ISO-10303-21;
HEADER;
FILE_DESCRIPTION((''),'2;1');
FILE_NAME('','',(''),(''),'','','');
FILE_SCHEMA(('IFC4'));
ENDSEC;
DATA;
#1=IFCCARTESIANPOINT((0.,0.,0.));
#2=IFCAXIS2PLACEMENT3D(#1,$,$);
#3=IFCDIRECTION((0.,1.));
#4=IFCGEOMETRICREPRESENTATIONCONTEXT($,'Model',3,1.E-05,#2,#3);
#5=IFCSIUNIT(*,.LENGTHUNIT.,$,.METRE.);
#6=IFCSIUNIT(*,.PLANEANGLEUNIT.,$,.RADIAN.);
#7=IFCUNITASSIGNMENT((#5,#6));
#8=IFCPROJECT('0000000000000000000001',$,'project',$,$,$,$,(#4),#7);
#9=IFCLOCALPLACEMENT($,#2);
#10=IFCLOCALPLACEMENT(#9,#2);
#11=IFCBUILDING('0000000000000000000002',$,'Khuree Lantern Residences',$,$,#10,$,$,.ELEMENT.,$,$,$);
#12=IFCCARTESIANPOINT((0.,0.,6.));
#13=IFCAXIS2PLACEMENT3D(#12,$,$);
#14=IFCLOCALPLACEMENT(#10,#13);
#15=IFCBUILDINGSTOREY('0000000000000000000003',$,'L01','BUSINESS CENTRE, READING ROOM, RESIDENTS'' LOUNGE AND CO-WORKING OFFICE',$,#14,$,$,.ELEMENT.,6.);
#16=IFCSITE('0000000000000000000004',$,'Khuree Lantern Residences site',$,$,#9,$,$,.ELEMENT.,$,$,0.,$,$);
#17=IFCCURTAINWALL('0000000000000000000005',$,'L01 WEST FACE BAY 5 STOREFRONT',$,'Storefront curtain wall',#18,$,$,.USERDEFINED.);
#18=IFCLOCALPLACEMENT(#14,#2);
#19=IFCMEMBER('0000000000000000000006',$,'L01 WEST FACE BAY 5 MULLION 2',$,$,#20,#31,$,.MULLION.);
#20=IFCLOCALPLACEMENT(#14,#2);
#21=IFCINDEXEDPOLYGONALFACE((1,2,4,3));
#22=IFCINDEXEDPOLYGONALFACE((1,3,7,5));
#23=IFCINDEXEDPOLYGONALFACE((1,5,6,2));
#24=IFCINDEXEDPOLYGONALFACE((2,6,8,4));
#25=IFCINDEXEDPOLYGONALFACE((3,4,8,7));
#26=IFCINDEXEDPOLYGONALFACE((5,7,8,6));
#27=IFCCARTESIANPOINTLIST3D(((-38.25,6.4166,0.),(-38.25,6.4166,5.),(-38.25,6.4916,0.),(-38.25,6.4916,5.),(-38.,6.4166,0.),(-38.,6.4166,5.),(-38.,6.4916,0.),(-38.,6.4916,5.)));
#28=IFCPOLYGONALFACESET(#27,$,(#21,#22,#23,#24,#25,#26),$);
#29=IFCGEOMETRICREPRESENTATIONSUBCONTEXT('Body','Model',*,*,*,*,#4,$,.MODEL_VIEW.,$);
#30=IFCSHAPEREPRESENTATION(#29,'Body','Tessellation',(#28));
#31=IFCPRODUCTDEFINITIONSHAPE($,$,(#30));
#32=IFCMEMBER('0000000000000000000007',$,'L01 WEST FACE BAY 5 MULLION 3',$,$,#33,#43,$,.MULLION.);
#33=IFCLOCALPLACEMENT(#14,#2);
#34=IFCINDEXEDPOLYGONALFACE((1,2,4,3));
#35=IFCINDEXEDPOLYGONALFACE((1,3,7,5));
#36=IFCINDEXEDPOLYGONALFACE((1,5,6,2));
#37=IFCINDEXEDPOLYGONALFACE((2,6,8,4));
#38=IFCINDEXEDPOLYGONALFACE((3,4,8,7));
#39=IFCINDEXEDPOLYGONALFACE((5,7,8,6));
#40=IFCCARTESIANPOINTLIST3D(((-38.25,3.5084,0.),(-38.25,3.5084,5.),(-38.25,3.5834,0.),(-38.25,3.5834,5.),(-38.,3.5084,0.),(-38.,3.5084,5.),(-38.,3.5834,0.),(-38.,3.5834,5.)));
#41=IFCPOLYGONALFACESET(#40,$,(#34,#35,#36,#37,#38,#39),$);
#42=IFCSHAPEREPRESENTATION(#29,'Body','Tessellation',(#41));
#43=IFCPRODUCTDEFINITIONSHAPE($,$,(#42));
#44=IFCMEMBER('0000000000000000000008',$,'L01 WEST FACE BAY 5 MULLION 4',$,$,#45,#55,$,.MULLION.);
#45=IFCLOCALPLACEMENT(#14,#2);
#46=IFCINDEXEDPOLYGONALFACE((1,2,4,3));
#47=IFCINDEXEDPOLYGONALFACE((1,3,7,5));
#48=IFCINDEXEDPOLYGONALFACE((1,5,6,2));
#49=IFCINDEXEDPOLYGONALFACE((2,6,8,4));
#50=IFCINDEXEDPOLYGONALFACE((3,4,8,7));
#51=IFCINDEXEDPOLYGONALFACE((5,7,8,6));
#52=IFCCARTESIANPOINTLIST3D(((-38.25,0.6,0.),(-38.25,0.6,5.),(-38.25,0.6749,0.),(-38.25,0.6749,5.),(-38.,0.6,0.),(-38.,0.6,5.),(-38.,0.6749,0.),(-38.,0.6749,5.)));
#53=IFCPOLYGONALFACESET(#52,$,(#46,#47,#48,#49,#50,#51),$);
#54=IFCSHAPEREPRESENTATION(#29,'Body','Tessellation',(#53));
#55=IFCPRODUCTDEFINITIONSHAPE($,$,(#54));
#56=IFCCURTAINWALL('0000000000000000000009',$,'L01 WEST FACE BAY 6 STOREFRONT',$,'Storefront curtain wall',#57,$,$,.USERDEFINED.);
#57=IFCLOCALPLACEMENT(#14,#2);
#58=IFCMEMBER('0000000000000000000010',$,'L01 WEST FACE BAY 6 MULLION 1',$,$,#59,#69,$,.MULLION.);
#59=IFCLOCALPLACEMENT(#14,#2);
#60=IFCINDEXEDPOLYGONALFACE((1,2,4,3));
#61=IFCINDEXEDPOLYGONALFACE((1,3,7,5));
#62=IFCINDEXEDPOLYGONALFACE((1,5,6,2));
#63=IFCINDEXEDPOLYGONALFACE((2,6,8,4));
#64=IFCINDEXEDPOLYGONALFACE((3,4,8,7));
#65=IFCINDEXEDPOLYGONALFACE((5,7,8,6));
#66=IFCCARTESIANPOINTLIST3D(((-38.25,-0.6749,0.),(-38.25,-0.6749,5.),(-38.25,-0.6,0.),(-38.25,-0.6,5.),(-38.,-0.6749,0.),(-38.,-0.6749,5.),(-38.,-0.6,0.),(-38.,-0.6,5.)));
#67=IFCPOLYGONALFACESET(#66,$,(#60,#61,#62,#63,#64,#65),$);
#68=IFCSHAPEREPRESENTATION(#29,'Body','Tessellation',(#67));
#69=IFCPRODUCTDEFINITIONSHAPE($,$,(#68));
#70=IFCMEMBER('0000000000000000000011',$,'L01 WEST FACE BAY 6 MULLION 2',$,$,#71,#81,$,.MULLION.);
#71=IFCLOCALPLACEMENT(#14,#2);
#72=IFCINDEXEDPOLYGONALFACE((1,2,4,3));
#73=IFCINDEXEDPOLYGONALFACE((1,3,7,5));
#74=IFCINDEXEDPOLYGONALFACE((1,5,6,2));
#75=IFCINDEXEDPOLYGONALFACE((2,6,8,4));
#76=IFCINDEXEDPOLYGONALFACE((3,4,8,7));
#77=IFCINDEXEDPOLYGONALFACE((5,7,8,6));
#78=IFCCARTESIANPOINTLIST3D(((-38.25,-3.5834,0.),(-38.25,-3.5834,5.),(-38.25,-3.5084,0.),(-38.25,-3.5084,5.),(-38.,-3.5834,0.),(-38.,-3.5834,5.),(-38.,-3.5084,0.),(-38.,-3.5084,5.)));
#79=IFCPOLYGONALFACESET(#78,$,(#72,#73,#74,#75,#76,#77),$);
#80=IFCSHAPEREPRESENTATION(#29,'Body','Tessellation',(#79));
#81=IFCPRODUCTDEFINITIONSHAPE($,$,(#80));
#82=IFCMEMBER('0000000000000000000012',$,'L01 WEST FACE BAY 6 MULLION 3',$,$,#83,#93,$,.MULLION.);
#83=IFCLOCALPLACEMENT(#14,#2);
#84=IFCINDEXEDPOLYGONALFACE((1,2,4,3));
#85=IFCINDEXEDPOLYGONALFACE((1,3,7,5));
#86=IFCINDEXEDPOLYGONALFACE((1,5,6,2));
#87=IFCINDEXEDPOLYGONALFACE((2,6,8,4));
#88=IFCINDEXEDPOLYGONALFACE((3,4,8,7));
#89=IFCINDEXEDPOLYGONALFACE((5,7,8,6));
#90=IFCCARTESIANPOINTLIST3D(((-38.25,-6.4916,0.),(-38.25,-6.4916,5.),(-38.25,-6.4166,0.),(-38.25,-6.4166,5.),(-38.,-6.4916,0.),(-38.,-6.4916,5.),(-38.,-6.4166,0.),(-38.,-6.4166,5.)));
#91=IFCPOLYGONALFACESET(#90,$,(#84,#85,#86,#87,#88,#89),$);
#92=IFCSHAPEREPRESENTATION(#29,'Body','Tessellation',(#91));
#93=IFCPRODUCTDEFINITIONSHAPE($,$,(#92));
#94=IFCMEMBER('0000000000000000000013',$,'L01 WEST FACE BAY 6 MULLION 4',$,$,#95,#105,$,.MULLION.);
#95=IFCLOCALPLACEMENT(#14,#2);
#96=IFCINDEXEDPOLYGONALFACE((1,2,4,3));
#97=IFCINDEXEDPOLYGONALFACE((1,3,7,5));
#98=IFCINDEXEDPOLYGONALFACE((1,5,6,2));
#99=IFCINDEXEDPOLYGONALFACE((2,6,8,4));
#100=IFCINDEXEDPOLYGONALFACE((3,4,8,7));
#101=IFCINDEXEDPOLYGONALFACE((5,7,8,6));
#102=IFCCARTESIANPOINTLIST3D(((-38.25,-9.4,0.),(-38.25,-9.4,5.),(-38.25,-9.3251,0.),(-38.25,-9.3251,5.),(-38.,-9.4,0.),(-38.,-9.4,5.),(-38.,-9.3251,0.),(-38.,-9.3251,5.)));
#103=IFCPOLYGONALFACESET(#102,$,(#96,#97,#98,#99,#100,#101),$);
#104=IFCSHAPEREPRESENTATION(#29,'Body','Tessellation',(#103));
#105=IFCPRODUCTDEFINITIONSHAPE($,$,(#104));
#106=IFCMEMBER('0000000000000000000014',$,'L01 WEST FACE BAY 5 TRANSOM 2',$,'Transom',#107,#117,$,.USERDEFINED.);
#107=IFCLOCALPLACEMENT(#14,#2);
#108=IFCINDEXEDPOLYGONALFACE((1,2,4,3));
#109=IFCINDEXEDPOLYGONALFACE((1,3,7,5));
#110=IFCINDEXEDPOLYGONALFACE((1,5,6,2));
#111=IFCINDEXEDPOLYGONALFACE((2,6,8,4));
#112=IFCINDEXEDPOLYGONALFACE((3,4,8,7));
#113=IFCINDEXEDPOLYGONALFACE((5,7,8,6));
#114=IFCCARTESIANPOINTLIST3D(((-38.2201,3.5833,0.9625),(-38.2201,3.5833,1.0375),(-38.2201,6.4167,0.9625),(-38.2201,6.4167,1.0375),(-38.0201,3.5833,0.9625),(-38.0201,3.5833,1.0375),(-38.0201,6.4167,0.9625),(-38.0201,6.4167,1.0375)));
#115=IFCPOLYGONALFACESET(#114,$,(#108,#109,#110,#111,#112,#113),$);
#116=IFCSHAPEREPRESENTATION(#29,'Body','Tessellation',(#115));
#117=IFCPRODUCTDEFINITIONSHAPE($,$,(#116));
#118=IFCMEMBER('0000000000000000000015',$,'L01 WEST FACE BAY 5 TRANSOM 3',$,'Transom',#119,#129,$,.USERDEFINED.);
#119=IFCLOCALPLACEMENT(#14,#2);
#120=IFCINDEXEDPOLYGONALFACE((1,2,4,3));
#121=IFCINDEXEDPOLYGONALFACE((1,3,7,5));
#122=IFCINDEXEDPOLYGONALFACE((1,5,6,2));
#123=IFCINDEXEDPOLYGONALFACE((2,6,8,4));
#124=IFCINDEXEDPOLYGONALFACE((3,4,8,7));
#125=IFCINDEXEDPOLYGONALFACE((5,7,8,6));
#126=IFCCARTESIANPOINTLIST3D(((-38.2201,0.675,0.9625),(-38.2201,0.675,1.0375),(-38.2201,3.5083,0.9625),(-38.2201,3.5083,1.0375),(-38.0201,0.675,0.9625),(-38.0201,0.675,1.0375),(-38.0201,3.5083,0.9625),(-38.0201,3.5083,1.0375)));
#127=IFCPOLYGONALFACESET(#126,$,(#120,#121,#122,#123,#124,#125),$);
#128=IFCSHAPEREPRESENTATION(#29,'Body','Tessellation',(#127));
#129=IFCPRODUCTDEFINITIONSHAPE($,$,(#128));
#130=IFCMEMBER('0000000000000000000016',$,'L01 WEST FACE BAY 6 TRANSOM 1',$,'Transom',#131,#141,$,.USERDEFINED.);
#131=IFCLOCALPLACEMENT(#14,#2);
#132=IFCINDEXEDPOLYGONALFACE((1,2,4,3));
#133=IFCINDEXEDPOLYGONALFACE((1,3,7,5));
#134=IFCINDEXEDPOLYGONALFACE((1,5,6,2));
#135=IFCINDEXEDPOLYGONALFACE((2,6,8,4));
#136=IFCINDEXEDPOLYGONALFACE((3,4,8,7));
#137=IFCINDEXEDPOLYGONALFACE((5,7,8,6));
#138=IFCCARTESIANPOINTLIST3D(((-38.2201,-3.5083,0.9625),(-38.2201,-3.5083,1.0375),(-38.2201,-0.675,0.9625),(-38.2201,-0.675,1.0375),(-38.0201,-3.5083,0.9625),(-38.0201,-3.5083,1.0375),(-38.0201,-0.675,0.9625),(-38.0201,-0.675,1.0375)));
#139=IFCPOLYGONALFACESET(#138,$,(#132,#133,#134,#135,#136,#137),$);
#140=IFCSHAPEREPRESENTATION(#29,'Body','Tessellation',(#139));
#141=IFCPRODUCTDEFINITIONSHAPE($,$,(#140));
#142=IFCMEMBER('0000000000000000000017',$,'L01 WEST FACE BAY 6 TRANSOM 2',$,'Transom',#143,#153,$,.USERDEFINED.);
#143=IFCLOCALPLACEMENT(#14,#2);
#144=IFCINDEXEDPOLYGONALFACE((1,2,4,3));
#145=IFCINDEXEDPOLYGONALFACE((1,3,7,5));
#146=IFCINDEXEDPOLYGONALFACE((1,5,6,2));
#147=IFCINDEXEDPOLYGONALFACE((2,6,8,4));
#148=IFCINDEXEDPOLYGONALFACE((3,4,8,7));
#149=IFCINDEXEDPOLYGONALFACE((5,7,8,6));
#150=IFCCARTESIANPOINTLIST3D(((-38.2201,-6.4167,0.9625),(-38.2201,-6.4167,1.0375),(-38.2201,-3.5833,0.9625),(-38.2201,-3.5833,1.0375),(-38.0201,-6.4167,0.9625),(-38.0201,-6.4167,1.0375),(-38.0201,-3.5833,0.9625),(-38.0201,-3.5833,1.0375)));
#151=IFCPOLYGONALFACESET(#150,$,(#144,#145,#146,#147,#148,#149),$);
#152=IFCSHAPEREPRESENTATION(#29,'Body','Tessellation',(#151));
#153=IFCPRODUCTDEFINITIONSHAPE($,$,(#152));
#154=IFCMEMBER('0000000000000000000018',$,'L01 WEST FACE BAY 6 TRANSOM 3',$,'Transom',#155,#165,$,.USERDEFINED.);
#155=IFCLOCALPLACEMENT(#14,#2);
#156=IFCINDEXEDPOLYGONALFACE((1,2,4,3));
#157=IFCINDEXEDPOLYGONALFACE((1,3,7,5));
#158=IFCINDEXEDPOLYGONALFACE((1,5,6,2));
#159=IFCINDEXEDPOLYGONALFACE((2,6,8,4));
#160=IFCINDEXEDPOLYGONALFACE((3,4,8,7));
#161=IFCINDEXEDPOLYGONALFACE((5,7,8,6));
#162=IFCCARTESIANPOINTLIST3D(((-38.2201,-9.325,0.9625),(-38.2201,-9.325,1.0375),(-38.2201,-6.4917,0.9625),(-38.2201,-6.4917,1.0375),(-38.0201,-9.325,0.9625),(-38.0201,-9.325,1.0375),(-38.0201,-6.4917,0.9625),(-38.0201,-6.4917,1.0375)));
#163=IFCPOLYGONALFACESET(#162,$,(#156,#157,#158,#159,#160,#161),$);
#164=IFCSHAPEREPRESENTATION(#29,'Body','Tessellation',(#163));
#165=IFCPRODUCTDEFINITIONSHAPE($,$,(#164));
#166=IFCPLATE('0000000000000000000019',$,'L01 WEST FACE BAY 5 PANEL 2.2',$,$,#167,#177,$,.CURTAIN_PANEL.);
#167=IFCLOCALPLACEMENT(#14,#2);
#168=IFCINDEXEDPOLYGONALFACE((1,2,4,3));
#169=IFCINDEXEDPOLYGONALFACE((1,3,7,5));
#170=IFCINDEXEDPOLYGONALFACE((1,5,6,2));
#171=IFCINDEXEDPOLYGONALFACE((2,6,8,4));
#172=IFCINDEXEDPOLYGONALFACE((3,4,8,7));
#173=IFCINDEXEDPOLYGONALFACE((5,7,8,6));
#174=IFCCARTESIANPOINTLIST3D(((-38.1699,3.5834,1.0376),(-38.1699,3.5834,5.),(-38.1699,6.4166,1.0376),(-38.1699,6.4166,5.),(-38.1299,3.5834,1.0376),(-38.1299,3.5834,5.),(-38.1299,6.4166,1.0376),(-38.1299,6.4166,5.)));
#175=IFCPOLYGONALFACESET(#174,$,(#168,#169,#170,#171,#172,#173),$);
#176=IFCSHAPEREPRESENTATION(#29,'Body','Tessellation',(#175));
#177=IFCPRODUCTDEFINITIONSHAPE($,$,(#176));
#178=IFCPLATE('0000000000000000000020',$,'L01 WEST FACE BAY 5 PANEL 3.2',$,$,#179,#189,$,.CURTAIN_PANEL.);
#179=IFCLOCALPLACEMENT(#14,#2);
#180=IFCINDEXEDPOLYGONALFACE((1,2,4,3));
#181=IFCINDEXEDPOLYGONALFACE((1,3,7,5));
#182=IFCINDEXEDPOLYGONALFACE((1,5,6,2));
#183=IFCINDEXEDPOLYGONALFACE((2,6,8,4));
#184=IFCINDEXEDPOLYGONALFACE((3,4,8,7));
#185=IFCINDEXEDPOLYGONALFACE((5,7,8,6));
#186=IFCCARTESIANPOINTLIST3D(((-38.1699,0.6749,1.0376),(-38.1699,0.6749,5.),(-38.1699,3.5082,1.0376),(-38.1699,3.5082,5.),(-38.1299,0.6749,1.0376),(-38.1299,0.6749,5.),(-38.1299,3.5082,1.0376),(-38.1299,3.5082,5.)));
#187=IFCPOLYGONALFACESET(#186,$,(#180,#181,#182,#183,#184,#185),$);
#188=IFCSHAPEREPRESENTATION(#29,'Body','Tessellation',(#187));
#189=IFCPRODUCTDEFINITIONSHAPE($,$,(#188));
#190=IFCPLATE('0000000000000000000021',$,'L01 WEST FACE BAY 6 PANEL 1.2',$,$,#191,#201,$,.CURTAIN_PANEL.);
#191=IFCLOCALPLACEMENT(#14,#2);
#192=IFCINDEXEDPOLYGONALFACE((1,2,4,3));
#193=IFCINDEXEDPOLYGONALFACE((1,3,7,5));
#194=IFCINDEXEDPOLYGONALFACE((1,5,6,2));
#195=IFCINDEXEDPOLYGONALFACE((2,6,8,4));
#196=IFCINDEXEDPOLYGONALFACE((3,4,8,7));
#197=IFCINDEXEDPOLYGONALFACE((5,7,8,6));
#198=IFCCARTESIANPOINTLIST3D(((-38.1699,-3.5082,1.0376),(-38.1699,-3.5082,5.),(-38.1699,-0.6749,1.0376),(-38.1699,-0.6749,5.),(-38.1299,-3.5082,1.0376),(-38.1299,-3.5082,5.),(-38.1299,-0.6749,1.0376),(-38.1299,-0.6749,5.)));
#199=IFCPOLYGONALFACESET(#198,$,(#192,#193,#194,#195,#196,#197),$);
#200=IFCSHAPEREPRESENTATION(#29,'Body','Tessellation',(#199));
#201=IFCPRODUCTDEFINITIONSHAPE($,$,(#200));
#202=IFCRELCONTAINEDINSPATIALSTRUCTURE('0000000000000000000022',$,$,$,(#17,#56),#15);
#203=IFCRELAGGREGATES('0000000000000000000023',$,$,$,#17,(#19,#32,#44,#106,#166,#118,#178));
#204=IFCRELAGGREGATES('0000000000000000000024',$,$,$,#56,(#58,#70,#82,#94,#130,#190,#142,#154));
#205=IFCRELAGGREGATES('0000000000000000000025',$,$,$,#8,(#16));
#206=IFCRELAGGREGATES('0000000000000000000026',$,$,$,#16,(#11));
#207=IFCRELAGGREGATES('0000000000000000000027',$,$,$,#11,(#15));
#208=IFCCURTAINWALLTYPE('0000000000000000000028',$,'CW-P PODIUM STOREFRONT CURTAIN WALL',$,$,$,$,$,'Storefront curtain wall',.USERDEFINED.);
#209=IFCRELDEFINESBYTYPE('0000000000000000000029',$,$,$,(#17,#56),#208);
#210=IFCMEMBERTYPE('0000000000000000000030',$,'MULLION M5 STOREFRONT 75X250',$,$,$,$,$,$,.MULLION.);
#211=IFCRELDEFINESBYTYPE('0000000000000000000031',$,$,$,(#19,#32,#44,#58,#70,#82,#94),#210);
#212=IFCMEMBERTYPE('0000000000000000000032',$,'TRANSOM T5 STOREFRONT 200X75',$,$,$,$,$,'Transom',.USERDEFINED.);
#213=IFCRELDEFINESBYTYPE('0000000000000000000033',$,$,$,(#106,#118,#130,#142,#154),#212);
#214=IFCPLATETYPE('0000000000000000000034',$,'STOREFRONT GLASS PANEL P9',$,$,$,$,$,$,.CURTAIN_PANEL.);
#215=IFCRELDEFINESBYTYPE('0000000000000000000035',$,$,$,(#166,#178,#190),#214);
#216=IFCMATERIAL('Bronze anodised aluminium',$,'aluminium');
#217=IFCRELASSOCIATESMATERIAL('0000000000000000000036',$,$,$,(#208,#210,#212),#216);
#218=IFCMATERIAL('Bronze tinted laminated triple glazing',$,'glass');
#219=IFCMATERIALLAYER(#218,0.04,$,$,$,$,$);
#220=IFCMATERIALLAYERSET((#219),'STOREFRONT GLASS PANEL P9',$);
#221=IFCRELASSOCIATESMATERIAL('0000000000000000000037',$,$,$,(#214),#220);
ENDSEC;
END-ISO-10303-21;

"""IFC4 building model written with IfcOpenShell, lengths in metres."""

from ifc_helpers import new_model, si_unit, direction, frame, origin, origin_2d, place, context, subcontext, project, spatial, rectangle, extrude, material, layer, layer_set, material_profile, profile_set, type_object, element, aggregate, save


model = new_model("IFC4")

# Units and contexts
model_context = context("Model", 3, precision=1e-05, world=origin(), true_north=direction((0.0, 1.0)))
body_context = subcontext(model_context, "Body", "Model", "MODEL_VIEW")
ifc_project = project(units=[si_unit("LENGTHUNIT", "METRE"), si_unit("PLANEANGLEUNIT", "RADIAN")], contexts=[model_context])

# Site, building, storey
site_placement = place(None, origin())
site = spatial("IfcSite", under=ifc_project, at=site_placement, Name="Khuree Lantern Residences site", CompositionType="ELEMENT", RefElevation=0.0)
building_placement = place(site_placement, origin())
building = spatial("IfcBuilding", under=site, at=building_placement, Name="Khuree Lantern Residences", CompositionType="ELEMENT")
storey_placement = place(building_placement, frame((0.0, 0.0, 6.0)))
storey = spatial("IfcBuildingStorey", under=building, at=storey_placement, Name="L01", Description="BUSINESS CENTRE, READING ROOM, RESIDENTS' LOUNGE AND CO-WORKING OFFICE", CompositionType="ELEMENT", Elevation=6.0)

# Curtain walls, members
ifc_material_1 = material(Name="Bronze anodised aluminium", Category="aluminium")
curtain_wall_type = type_object("IfcCurtainWallType", Name="CW-P PODIUM STOREFRONT CURTAIN WALL", ElementType="Storefront curtain wall", PredefinedType="USERDEFINED", material=ifc_material_1)
curtain_wall_1_placement = place(storey_placement, origin())
curtain_wall_1 = element("IfcCurtainWall", 1, at=curtain_wall_1_placement, inside=storey, type_object=curtain_wall_type, Name="L01 WEST FACE BAY 5 STOREFRONT", ObjectType="Storefront curtain wall", PredefinedType="USERDEFINED")
ifc_material_profile_1 = material_profile(ifc_material_1, rectangle(XDim=0.075, YDim=0.25, at=origin_2d()), Name="M5 75X250")
ifc_profile_set_1 = profile_set([ifc_material_profile_1], Name="Bronze anodised aluminium")
member_type_1 = type_object("IfcMemberType", Name="MULLION M5 STOREFRONT 75X250", PredefinedType="MULLION", material=ifc_profile_set_1)
member_1_placement = place(storey_placement, frame((-38.125, 6.4541, 0.0), z_axis=(0.0, 0.0, 1.0), x_axis=(0.0, -1.0, 0.0)))
member_1 = element("IfcMember", 2, at=member_1_placement, type_object=member_type_1, Name="L01 WEST FACE BAY 5 MULLION 2", PredefinedType="MULLION", context=body_context, shape_type="SweptSolid", body=[
    extrude(rectangle(XDim=0.075, YDim=0.25, at=origin_2d()), origin(), (0.0, 0.0, 1.0), 5.0),
])
member_2_placement = place(storey_placement, frame((-38.125, 3.5459, 0.0), z_axis=(0.0, 0.0, 1.0), x_axis=(0.0, -1.0, 0.0)))
member_2 = element("IfcMember", 3, at=member_2_placement, type_object=member_type_1, Name="L01 WEST FACE BAY 5 MULLION 3", PredefinedType="MULLION", context=body_context, shape_type="SweptSolid", body=[
    extrude(rectangle(XDim=0.075, YDim=0.25, at=origin_2d()), origin(), (0.0, 0.0, 1.0), 5.0),
])
member_3_placement = place(storey_placement, frame((-38.125, 0.6375, 0.0), z_axis=(0.0, 0.0, 1.0), x_axis=(0.0, -1.0, 0.0)))
member_3 = element("IfcMember", 4, at=member_3_placement, type_object=member_type_1, Name="L01 WEST FACE BAY 5 MULLION 4", PredefinedType="MULLION", context=body_context, shape_type="SweptSolid", body=[
    extrude(rectangle(XDim=0.075, YDim=0.25, at=origin_2d()), origin(), (0.0, 0.0, 1.0), 5.0),
])
curtain_wall_2_placement = place(storey_placement, origin())
curtain_wall_2 = element("IfcCurtainWall", 5, at=curtain_wall_2_placement, inside=storey, type_object=curtain_wall_type, Name="L01 WEST FACE BAY 6 STOREFRONT", ObjectType="Storefront curtain wall", PredefinedType="USERDEFINED")
member_4_placement = place(storey_placement, frame((-38.125, -0.6375, 0.0), z_axis=(0.0, 0.0, 1.0), x_axis=(0.0, -1.0, 0.0)))
member_4 = element("IfcMember", 6, at=member_4_placement, type_object=member_type_1, Name="L01 WEST FACE BAY 6 MULLION 1", PredefinedType="MULLION", context=body_context, shape_type="SweptSolid", body=[
    extrude(rectangle(XDim=0.075, YDim=0.25, at=origin_2d()), origin(), (0.0, 0.0, 1.0), 5.0),
])
member_5_placement = place(storey_placement, frame((-38.125, -3.5459, 0.0), z_axis=(0.0, 0.0, 1.0), x_axis=(0.0, -1.0, 0.0)))
member_5 = element("IfcMember", 7, at=member_5_placement, type_object=member_type_1, Name="L01 WEST FACE BAY 6 MULLION 2", PredefinedType="MULLION", context=body_context, shape_type="SweptSolid", body=[
    extrude(rectangle(XDim=0.075, YDim=0.25, at=origin_2d()), origin(), (0.0, 0.0, 1.0), 5.0),
])
member_6_placement = place(storey_placement, frame((-38.125, -6.4541, 0.0), z_axis=(0.0, 0.0, 1.0), x_axis=(0.0, -1.0, 0.0)))
member_6 = element("IfcMember", 8, at=member_6_placement, type_object=member_type_1, Name="L01 WEST FACE BAY 6 MULLION 3", PredefinedType="MULLION", context=body_context, shape_type="SweptSolid", body=[
    extrude(rectangle(XDim=0.075, YDim=0.25, at=origin_2d()), origin(), (0.0, 0.0, 1.0), 5.0),
])
member_7_placement = place(storey_placement, frame((-38.125, -9.3625, 0.0), z_axis=(0.0, 0.0, 1.0), x_axis=(0.0, -1.0, 0.0)))
member_7 = element("IfcMember", 9, at=member_7_placement, type_object=member_type_1, Name="L01 WEST FACE BAY 6 MULLION 4", PredefinedType="MULLION", context=body_context, shape_type="SweptSolid", body=[
    extrude(rectangle(XDim=0.075, YDim=0.25, at=origin_2d()), origin(), (0.0, 0.0, 1.0), 5.0),
])

# Members
ifc_material_profile_2 = material_profile(ifc_material_1, rectangle(XDim=0.2, YDim=0.075, at=origin_2d()), Name="T5 200X75")
ifc_profile_set_2 = profile_set([ifc_material_profile_2], Name="Bronze anodised aluminium")
member_type_2 = type_object("IfcMemberType", Name="TRANSOM T5 STOREFRONT 200X75", ElementType="Transom", PredefinedType="USERDEFINED", material=ifc_profile_set_2)
member_8_placement = place(storey_placement, frame((-38.1201, 6.4167, 1.0), z_axis=(0.0, -1.0, 0.0), x_axis=(1.0, 0.0, 0.0)))
member_8 = element("IfcMember", 10, at=member_8_placement, type_object=member_type_2, Name="L01 WEST FACE BAY 5 TRANSOM 2", ObjectType="Transom", PredefinedType="USERDEFINED", context=body_context, shape_type="SweptSolid", body=[
    extrude(rectangle(XDim=0.2, YDim=0.075, at=origin_2d()), origin(), (0.0, 0.0, 1.0), 2.8335),
])
member_9_placement = place(storey_placement, frame((-38.1201, 3.5083, 1.0), z_axis=(0.0, -1.0, 0.0), x_axis=(1.0, 0.0, 0.0)))
member_9 = element("IfcMember", 11, at=member_9_placement, type_object=member_type_2, Name="L01 WEST FACE BAY 5 TRANSOM 3", ObjectType="Transom", PredefinedType="USERDEFINED", context=body_context, shape_type="SweptSolid", body=[
    extrude(rectangle(XDim=0.2, YDim=0.075, at=origin_2d()), origin(), (0.0, 0.0, 1.0), 2.8333),
])
member_10_placement = place(storey_placement, frame((-38.1201, -0.675, 1.0), z_axis=(0.0, -1.0, 0.0), x_axis=(1.0, 0.0, 0.0)))
member_10 = element("IfcMember", 12, at=member_10_placement, type_object=member_type_2, Name="L01 WEST FACE BAY 6 TRANSOM 1", ObjectType="Transom", PredefinedType="USERDEFINED", context=body_context, shape_type="SweptSolid", body=[
    extrude(rectangle(XDim=0.2, YDim=0.075, at=origin_2d()), origin(), (0.0, 0.0, 1.0), 2.8333),
])
member_11_placement = place(storey_placement, frame((-38.1201, -3.5833, 1.0), z_axis=(0.0, -1.0, 0.0), x_axis=(1.0, 0.0, 0.0)))
member_11 = element("IfcMember", 13, at=member_11_placement, type_object=member_type_2, Name="L01 WEST FACE BAY 6 TRANSOM 2", ObjectType="Transom", PredefinedType="USERDEFINED", context=body_context, shape_type="SweptSolid", body=[
    extrude(rectangle(XDim=0.2, YDim=0.075, at=origin_2d()), origin(), (0.0, 0.0, 1.0), 2.8335),
])
member_12_placement = place(storey_placement, frame((-38.1201, -6.4917, 1.0), z_axis=(0.0, -1.0, 0.0), x_axis=(1.0, 0.0, 0.0)))
member_12 = element("IfcMember", 14, at=member_12_placement, type_object=member_type_2, Name="L01 WEST FACE BAY 6 TRANSOM 3", ObjectType="Transom", PredefinedType="USERDEFINED", context=body_context, shape_type="SweptSolid", body=[
    extrude(rectangle(XDim=0.2, YDim=0.075, at=origin_2d()), origin(), (0.0, 0.0, 1.0), 2.8333),
])

# Plates
ifc_material_2 = material(Name="Bronze tinted laminated triple glazing", Category="glass")
ifc_layer_1 = layer(ifc_material_2, 0.04)
ifc_layer_set_1 = layer_set([ifc_layer_1], Name="STOREFRONT GLASS PANEL P9")
plate_type_1 = type_object("IfcPlateType", Name="STOREFRONT GLASS PANEL P9", PredefinedType="CURTAIN_PANEL", material=ifc_layer_set_1)
plate_1_placement = place(storey_placement, frame((-38.1499, 5.0, 1.0376), z_axis=(0.0, 0.0, 1.0), x_axis=(0.0, -1.0, 0.0)))
plate_1 = element("IfcPlate", 15, at=plate_1_placement, type_object=plate_type_1, Name="L01 WEST FACE BAY 5 PANEL 2.2", PredefinedType="CURTAIN_PANEL", context=body_context, shape_type="SweptSolid", body=[
    extrude(rectangle(XDim=2.8333, YDim=0.04, at=origin_2d()), origin(), (0.0, 0.0, 1.0), 3.9624),
])
plate_2_placement = place(storey_placement, frame((-38.1499, 2.0916, 1.0376), z_axis=(0.0, 0.0, 1.0), x_axis=(0.0, -1.0, 0.0)))
plate_2 = element("IfcPlate", 16, at=plate_2_placement, type_object=plate_type_1, Name="L01 WEST FACE BAY 5 PANEL 3.2", PredefinedType="CURTAIN_PANEL", context=body_context, shape_type="SweptSolid", body=[
    extrude(rectangle(XDim=2.8333, YDim=0.04, at=origin_2d()), origin(), (0.0, 0.0, 1.0), 3.9624),
])
plate_3_placement = place(storey_placement, frame((-38.1499, -2.0916, 1.0376), z_axis=(0.0, 0.0, 1.0), x_axis=(0.0, -1.0, 0.0)))
plate_3 = element("IfcPlate", 17, at=plate_3_placement, type_object=plate_type_1, Name="L01 WEST FACE BAY 6 PANEL 1.2", PredefinedType="CURTAIN_PANEL", context=body_context, shape_type="SweptSolid", body=[
    extrude(rectangle(XDim=2.8333, YDim=0.04, at=origin_2d()), origin(), (0.0, 0.0, 1.0), 3.9624),
])
aggregate(curtain_wall_1, [member_1, member_2, member_3, member_8, plate_1, member_9, plate_2])
aggregate(curtain_wall_2, [member_4, member_5, member_6, member_7, member_10, plate_3, member_11, member_12])

save(model, "model.ifc")
